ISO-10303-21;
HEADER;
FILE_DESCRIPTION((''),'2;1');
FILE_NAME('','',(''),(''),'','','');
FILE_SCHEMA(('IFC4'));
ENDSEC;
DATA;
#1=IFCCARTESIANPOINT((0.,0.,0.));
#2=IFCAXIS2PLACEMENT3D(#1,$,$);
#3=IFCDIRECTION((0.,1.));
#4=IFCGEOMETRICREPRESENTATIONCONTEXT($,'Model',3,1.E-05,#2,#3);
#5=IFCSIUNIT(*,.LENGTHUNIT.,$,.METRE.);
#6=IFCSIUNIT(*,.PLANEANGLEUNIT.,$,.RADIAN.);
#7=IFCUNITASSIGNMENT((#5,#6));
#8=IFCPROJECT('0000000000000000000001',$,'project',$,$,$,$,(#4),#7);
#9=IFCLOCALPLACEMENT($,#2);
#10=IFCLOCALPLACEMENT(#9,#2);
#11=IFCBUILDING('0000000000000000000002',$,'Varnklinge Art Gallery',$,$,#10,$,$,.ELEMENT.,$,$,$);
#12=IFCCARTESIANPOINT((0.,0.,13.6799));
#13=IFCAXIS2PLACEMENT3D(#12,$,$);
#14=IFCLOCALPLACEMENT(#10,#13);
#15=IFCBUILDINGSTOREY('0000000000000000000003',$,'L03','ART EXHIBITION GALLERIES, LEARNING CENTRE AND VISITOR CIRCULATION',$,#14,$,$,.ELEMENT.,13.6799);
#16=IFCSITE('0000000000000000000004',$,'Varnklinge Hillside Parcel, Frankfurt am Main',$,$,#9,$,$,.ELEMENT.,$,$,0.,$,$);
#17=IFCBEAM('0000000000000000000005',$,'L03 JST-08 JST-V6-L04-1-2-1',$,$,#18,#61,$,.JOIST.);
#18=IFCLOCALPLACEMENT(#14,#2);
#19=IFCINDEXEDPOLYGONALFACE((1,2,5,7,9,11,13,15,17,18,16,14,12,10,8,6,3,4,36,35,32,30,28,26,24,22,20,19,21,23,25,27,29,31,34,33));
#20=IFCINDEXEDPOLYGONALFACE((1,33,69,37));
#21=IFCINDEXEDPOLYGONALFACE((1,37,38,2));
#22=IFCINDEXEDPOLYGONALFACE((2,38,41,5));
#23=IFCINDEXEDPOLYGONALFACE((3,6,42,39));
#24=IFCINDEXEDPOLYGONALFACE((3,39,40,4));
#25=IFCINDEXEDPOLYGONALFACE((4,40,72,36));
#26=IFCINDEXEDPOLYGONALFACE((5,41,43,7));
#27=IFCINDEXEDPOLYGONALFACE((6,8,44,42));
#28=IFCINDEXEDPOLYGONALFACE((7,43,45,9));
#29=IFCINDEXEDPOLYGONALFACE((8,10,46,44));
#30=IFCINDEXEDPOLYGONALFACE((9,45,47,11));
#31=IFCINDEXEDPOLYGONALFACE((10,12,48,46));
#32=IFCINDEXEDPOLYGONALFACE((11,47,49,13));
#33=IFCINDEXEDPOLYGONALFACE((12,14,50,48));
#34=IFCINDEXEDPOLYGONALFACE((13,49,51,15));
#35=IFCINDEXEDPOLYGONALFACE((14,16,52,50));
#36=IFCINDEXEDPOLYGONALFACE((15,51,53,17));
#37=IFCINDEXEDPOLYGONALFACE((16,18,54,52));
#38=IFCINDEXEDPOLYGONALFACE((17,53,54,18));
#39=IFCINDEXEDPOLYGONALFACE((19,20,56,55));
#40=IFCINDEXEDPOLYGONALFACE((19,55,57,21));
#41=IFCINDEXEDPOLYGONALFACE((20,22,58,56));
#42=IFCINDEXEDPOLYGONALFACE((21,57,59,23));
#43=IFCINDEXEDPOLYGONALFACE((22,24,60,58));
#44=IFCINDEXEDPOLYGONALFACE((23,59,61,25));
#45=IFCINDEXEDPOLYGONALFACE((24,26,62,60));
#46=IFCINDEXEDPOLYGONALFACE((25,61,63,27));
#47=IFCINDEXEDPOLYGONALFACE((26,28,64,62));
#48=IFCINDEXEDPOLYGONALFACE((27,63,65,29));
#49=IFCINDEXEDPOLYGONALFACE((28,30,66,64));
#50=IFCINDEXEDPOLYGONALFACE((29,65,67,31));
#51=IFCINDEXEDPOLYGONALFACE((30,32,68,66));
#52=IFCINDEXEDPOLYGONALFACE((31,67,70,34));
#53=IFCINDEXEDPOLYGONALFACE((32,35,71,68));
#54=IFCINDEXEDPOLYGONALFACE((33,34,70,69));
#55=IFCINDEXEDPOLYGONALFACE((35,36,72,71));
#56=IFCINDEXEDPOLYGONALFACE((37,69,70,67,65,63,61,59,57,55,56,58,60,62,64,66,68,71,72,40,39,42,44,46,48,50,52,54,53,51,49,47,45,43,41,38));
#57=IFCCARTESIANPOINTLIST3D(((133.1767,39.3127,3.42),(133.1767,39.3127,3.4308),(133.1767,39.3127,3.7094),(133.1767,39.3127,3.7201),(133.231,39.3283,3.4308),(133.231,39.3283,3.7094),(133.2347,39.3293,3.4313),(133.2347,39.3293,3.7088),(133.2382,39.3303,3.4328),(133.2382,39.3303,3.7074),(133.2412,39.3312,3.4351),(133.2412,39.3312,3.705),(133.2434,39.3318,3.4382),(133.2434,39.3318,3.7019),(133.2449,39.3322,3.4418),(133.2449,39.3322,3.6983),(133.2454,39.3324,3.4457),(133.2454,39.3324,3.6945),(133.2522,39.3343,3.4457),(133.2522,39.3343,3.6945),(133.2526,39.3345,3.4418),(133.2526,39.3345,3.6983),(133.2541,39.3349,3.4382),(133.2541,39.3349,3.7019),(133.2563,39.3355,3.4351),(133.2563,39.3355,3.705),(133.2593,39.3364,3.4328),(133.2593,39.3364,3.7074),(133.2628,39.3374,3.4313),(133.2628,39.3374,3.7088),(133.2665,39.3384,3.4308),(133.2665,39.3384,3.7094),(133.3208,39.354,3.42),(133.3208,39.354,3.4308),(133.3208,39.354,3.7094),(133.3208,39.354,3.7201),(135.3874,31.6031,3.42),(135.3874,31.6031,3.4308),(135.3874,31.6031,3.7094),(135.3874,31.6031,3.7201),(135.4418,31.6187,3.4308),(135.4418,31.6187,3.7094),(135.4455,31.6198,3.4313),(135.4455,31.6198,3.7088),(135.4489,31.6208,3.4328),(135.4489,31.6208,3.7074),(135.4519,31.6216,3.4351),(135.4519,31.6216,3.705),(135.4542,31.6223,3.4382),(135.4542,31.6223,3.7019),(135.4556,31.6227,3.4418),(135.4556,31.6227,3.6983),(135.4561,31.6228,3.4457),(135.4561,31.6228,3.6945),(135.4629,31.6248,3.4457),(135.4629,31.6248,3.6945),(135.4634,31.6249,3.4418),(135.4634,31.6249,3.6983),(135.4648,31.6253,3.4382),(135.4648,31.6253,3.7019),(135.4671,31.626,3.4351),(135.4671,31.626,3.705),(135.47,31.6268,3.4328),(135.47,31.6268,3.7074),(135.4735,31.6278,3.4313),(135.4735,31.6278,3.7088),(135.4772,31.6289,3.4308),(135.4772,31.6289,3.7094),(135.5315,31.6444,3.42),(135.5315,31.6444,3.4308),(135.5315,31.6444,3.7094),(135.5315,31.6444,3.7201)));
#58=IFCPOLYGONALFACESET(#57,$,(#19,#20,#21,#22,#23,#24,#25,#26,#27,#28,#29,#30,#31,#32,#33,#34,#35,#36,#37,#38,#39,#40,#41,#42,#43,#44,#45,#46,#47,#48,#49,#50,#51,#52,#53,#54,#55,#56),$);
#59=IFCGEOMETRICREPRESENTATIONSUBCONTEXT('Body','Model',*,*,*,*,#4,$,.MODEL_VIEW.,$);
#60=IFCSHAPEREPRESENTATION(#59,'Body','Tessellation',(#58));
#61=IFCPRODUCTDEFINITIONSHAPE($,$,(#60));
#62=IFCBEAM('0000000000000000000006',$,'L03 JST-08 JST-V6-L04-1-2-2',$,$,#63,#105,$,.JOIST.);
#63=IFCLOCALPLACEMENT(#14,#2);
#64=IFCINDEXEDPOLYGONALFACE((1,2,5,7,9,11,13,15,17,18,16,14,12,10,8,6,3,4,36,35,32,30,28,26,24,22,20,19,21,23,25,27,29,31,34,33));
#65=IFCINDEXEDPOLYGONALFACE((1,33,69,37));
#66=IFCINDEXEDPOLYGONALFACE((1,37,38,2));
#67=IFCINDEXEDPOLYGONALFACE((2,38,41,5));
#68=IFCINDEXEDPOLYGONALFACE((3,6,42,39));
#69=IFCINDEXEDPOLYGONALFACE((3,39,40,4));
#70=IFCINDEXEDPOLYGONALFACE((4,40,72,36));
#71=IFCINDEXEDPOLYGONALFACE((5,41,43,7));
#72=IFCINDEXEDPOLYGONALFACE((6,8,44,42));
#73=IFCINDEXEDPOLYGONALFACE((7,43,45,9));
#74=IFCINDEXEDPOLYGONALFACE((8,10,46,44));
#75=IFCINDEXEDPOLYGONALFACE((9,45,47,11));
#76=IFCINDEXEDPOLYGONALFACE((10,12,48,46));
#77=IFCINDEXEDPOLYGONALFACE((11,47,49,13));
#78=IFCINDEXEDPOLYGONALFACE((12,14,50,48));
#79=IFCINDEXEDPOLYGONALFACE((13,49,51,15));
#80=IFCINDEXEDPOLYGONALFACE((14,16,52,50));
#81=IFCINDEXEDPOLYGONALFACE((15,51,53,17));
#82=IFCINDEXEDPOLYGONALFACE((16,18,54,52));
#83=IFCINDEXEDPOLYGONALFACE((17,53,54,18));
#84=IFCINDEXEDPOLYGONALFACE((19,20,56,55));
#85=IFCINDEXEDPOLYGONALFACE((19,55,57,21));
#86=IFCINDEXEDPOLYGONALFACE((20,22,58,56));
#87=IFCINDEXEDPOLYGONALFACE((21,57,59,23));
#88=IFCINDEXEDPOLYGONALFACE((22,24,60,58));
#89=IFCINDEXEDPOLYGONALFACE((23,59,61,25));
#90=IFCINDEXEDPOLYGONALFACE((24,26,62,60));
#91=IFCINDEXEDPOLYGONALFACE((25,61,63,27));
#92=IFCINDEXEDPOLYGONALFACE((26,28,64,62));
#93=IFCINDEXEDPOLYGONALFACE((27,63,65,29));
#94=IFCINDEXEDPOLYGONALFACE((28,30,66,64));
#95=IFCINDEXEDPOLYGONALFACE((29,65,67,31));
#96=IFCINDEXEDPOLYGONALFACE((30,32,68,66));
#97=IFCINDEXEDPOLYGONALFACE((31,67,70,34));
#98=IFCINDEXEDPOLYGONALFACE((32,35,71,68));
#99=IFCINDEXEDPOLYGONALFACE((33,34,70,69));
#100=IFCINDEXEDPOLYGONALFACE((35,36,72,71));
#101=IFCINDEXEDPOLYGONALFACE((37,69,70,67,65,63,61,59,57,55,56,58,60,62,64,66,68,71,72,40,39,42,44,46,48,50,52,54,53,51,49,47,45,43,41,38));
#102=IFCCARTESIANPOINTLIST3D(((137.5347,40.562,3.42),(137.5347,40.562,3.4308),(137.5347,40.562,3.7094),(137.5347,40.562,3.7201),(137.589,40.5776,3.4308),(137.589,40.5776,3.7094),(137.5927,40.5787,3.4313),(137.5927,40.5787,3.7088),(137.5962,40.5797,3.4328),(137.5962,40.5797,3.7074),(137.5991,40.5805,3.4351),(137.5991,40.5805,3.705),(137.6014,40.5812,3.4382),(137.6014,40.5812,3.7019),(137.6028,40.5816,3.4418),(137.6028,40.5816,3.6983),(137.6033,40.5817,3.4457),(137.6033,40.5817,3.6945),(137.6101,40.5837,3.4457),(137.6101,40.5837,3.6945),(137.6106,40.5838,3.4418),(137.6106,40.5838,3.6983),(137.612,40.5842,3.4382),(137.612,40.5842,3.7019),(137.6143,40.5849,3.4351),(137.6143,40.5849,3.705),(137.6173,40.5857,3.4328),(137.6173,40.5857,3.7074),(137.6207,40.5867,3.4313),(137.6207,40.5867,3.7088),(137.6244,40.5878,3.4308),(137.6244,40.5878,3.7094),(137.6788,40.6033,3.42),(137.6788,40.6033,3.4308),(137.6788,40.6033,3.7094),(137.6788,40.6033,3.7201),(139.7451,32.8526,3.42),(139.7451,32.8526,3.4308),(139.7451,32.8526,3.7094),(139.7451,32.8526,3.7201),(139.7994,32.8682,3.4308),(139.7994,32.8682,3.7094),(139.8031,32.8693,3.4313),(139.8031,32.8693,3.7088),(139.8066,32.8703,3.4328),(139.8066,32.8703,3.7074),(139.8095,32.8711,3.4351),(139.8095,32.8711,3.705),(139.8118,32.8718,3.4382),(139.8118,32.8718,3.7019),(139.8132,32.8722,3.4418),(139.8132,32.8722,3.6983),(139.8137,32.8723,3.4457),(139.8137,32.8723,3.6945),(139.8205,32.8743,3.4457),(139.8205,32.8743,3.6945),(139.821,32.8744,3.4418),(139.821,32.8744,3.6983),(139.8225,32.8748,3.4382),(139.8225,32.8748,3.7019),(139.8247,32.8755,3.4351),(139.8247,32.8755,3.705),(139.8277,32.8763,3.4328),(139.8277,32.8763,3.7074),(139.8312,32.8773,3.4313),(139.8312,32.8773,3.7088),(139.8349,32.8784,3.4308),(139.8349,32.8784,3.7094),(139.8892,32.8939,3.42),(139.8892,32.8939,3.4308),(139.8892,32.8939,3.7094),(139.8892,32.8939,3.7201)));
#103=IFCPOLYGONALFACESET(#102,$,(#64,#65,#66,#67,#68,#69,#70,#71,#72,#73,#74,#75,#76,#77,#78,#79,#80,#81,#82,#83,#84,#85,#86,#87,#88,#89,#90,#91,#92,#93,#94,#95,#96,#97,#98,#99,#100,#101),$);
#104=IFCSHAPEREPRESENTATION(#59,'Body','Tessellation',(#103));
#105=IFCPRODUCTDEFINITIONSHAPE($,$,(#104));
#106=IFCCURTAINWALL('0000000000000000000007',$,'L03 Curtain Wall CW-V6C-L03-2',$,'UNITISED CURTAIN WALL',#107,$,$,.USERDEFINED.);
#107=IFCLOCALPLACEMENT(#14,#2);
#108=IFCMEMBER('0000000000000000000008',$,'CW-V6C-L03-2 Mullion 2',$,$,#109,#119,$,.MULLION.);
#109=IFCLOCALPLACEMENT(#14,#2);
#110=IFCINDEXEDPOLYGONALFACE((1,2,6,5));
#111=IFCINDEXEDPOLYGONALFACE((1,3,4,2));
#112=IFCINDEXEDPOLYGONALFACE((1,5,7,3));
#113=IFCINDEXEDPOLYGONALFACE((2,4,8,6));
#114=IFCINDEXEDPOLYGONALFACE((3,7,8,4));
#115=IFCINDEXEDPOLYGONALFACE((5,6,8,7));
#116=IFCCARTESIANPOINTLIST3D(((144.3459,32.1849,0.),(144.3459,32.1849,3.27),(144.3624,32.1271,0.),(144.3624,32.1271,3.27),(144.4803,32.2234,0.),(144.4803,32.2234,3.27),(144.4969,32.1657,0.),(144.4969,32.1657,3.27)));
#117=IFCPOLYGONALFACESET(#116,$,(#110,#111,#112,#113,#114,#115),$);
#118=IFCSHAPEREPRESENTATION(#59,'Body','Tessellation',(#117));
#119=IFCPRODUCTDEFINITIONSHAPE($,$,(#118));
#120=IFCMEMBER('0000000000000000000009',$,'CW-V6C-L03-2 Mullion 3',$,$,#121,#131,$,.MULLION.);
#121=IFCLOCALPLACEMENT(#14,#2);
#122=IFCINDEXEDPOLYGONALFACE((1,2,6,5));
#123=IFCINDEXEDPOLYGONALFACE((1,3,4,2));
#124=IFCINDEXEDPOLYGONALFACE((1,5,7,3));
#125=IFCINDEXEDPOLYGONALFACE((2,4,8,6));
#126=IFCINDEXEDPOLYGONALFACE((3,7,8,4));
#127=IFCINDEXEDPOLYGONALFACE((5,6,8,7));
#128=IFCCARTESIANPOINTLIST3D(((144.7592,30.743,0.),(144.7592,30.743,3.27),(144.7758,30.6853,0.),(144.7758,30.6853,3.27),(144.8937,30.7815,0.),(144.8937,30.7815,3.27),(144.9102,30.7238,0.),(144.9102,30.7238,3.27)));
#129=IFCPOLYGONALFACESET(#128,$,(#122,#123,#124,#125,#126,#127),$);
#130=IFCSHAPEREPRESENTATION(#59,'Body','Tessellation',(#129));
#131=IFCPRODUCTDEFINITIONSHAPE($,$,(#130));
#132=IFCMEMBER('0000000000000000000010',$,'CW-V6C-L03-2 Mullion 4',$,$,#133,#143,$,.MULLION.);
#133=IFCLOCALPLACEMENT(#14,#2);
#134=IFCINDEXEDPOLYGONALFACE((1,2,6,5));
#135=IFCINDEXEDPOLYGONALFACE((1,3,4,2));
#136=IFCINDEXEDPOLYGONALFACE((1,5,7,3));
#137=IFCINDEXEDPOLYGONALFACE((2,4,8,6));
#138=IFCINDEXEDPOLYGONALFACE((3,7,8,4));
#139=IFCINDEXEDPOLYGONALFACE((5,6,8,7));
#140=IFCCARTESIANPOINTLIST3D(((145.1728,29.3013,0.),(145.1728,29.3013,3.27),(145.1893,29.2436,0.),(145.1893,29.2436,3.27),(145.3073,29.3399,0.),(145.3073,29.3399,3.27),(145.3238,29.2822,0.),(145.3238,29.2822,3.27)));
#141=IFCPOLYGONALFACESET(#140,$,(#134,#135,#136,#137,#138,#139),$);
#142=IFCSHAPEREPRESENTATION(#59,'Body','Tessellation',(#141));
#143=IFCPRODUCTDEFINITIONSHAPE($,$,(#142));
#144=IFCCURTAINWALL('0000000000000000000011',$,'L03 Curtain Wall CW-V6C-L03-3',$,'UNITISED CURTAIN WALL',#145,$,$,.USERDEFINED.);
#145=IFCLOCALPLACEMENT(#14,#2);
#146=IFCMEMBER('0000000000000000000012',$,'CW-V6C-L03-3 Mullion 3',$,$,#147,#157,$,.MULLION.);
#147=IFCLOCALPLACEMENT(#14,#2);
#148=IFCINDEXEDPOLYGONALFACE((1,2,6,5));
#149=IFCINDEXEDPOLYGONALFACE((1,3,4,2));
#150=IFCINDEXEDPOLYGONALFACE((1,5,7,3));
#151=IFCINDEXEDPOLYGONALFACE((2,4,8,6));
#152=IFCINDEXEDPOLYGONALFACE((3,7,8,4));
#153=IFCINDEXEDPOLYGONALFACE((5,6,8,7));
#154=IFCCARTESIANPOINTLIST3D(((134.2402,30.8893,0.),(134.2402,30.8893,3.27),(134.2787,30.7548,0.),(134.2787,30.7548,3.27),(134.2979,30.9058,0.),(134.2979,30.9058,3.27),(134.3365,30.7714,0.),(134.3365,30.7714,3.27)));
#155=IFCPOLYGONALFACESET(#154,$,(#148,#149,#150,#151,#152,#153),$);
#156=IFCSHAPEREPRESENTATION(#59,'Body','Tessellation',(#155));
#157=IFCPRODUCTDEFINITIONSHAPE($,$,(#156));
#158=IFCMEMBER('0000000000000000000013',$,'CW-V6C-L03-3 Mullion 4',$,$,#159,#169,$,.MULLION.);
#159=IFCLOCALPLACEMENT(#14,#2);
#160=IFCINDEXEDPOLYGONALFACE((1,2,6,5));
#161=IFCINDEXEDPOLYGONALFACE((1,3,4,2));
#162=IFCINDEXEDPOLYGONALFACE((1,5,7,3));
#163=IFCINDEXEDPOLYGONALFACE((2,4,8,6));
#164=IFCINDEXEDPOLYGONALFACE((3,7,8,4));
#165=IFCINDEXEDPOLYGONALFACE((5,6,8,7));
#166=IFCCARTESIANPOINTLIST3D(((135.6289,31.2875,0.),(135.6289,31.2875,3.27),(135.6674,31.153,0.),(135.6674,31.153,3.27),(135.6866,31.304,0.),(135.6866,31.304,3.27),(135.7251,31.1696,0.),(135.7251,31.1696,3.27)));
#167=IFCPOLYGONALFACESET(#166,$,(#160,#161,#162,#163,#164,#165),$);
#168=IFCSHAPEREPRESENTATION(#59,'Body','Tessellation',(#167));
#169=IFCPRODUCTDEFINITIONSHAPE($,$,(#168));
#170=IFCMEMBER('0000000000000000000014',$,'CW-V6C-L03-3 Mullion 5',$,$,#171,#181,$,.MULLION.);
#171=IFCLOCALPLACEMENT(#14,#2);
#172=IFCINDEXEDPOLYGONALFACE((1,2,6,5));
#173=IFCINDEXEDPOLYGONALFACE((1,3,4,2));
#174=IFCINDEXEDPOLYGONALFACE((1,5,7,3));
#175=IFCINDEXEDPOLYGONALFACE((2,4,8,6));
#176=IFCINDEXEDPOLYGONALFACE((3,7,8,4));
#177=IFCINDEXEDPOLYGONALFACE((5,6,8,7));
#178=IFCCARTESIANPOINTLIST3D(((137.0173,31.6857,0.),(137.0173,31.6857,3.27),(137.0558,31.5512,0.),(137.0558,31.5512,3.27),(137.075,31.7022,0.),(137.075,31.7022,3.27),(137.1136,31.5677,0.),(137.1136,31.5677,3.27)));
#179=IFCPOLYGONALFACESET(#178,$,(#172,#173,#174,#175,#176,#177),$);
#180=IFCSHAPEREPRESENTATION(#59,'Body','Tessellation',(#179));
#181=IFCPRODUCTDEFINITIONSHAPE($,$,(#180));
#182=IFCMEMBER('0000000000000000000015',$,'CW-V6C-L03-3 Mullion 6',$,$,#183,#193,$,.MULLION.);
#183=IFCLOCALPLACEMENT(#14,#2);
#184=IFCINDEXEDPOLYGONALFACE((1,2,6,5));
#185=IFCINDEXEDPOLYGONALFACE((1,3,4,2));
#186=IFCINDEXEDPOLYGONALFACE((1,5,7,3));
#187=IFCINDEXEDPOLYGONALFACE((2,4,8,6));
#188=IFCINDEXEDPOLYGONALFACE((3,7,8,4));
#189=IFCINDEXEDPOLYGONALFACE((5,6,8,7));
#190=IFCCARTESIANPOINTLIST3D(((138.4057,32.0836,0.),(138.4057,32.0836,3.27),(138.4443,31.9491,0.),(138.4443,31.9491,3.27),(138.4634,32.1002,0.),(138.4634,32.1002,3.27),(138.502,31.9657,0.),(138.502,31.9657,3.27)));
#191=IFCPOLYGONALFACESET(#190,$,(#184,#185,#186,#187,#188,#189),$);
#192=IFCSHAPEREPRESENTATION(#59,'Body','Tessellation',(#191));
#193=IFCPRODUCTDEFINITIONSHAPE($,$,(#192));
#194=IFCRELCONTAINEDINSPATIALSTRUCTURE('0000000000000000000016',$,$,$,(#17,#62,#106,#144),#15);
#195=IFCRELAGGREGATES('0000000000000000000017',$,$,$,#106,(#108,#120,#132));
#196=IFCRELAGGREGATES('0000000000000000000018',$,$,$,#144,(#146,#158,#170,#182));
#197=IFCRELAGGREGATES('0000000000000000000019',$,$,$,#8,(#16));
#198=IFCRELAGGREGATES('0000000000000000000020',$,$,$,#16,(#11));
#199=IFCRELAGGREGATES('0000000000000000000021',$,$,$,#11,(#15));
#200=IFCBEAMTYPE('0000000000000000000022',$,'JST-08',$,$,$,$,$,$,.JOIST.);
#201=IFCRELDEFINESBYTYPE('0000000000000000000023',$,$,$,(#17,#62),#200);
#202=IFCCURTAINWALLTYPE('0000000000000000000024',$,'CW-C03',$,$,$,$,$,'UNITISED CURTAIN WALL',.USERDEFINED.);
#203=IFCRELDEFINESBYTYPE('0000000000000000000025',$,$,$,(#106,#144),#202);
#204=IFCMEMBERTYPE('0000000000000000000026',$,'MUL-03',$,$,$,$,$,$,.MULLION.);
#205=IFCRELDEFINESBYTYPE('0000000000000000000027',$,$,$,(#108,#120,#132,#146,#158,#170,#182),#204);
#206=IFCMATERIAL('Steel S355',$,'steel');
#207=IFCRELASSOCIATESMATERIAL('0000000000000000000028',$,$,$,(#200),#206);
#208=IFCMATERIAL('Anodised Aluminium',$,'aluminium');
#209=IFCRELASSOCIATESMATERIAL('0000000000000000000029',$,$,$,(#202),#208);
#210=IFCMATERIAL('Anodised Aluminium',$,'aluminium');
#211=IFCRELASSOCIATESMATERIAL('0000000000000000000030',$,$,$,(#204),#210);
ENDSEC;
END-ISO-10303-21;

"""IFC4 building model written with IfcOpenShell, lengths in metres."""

from ifc_helpers import new_model, si_unit, direction, frame, origin, origin_2d, place, context, subcontext, project, spatial, rectangle, i_section, extrude, material, material_profile, profile_set, type_object, element, aggregate, save


model = new_model("IFC4")

# Units and contexts
model_context = context("Model", 3, precision=1e-05, world=origin(), true_north=direction((0.0, 1.0)))
body_context = subcontext(model_context, "Body", "Model", "MODEL_VIEW")
ifc_project = project(units=[si_unit("LENGTHUNIT", "METRE"), si_unit("PLANEANGLEUNIT", "RADIAN")], contexts=[model_context])

# Site, building, storey
site_placement = place(None, origin())
site = spatial("IfcSite", under=ifc_project, at=site_placement, Name="Varnklinge Hillside Parcel, Frankfurt am Main", CompositionType="ELEMENT", RefElevation=0.0)
building_placement = place(site_placement, origin())
building = spatial("IfcBuilding", under=site, at=building_placement, Name="Varnklinge Art Gallery", CompositionType="ELEMENT")
storey_placement = place(building_placement, frame((0.0, 0.0, 13.6799)))
storey = spatial("IfcBuildingStorey", under=building, at=storey_placement, Name="L03", Description="ART EXHIBITION GALLERIES, LEARNING CENTRE AND VISITOR CIRCULATION", CompositionType="ELEMENT", Elevation=13.6799)

# Beams
ifc_material_1 = material(Name="Steel S355", Category="steel")
ifc_material_profile_1 = material_profile(ifc_material_1, i_section(OverallWidth=0.1499, OverallDepth=0.3, WebThickness=0.0071, FlangeThickness=0.0107, FilletRadius=0.0149, at=origin_2d()), Name="IPE 300")
ifc_profile_set_1 = profile_set([ifc_material_profile_1], Name="Steel S355")
beam_type = type_object("IfcBeamType", Name="JST-08", PredefinedType="JOIST", material=ifc_profile_set_1)
beam_1_placement = place(storey_placement, frame((135.4595, 31.6238, 3.5701), z_axis=(-0.275642, 0.96126, 0.0), x_axis=(-0.96126, -0.275642, 0.0)))
element("IfcBeam", 1, at=beam_1_placement, inside=storey, type_object=beam_type, Name="L03 JST-08 JST-V6-L04-1-2-1", PredefinedType="JOIST", context=body_context, shape_type="SweptSolid", body=[
    extrude(i_section(OverallWidth=0.1499, OverallDepth=0.3, WebThickness=0.0071, FlangeThickness=0.0107, FilletRadius=0.0149, at=origin_2d()), origin(), (0.0, 0.0, 1.0), 8.0203),
])
beam_2_placement = place(storey_placement, frame((139.8171, 32.8733, 3.5701), z_axis=(-0.275614, 0.961269, 0.0), x_axis=(-0.961269, -0.275614, 0.0)))
element("IfcBeam", 2, at=beam_2_placement, inside=storey, type_object=beam_type, Name="L03 JST-08 JST-V6-L04-1-2-2", PredefinedType="JOIST", context=body_context, shape_type="SweptSolid", body=[
    extrude(i_section(OverallWidth=0.1499, OverallDepth=0.3, WebThickness=0.0071, FlangeThickness=0.0107, FilletRadius=0.0149, at=origin_2d()), origin(), (0.0, 0.0, 1.0), 8.02),
])

# Curtain walls, members
ifc_material_2 = material(Name="Anodised Aluminium", Category="aluminium")
curtain_wall_type = type_object("IfcCurtainWallType", Name="CW-C03", ElementType="UNITISED CURTAIN WALL", PredefinedType="USERDEFINED", material=ifc_material_2)
curtain_wall_1_placement = place(storey_placement, origin())
curtain_wall_1 = element("IfcCurtainWall", 3, at=curtain_wall_1_placement, inside=storey, type_object=curtain_wall_type, Name="L03 Curtain Wall CW-V6C-L03-2", ObjectType="UNITISED CURTAIN WALL", PredefinedType="USERDEFINED")
ifc_material_3 = material(Name="Anodised Aluminium", Category="aluminium")
ifc_material_profile_2 = material_profile(ifc_material_3, rectangle(XDim=0.0601, YDim=0.1399, at=origin_2d()), Name="ALU 60x140")
ifc_profile_set_2 = profile_set([ifc_material_profile_2], Name="Anodised Aluminium")
member_type = type_object("IfcMemberType", Name="MUL-03", PredefinedType="MULLION", material=ifc_profile_set_2)
member_1_placement = place(storey_placement, frame((144.4214, 32.1753, 0.0), z_axis=(0.0, 0.0, 1.0), x_axis=(0.275637, -0.961262, 0.0)))
member_1 = element("IfcMember", 4, at=member_1_placement, type_object=member_type, Name="CW-V6C-L03-2 Mullion 2", PredefinedType="MULLION", context=body_context, shape_type="SweptSolid", body=[
    extrude(rectangle(XDim=0.0601, YDim=0.1399, at=origin_2d()), origin(), (0.0, 0.0, 1.0), 3.27),
])
member_2_placement = place(storey_placement, frame((144.8347, 30.7334, 0.0), z_axis=(0.0, 0.0, 1.0), x_axis=(0.275637, -0.961262, 0.0)))
member_2 = element("IfcMember", 5, at=member_2_placement, type_object=member_type, Name="CW-V6C-L03-2 Mullion 3", PredefinedType="MULLION", context=body_context, shape_type="SweptSolid", body=[
    extrude(rectangle(XDim=0.0601, YDim=0.1399, at=origin_2d()), origin(), (0.0, 0.0, 1.0), 3.27),
])
member_3_placement = place(storey_placement, frame((145.2483, 29.2917, 0.0), z_axis=(0.0, 0.0, 1.0), x_axis=(0.275637, -0.961262, 0.0)))
member_3 = element("IfcMember", 6, at=member_3_placement, type_object=member_type, Name="CW-V6C-L03-2 Mullion 4", PredefinedType="MULLION", context=body_context, shape_type="SweptSolid", body=[
    extrude(rectangle(XDim=0.0601, YDim=0.1399, at=origin_2d()), origin(), (0.0, 0.0, 1.0), 3.27),
])
curtain_wall_2_placement = place(storey_placement, origin())
curtain_wall_2 = element("IfcCurtainWall", 7, at=curtain_wall_2_placement, inside=storey, type_object=curtain_wall_type, Name="L03 Curtain Wall CW-V6C-L03-3", ObjectType="UNITISED CURTAIN WALL", PredefinedType="USERDEFINED")
member_4_placement = place(storey_placement, frame((134.2883, 30.8303, 0.0), z_axis=(0.0, 0.0, 1.0), x_axis=(0.961262, 0.275637, 0.0)))
member_4 = element("IfcMember", 8, at=member_4_placement, type_object=member_type, Name="CW-V6C-L03-3 Mullion 3", PredefinedType="MULLION", context=body_context, shape_type="SweptSolid", body=[
    extrude(rectangle(XDim=0.0601, YDim=0.1399, at=origin_2d()), origin(), (0.0, 0.0, 1.0), 3.27),
])
member_5_placement = place(storey_placement, frame((135.677, 31.2285, 0.0), z_axis=(0.0, 0.0, 1.0), x_axis=(0.961262, 0.275637, 0.0)))
member_5 = element("IfcMember", 9, at=member_5_placement, type_object=member_type, Name="CW-V6C-L03-3 Mullion 4", PredefinedType="MULLION", context=body_context, shape_type="SweptSolid", body=[
    extrude(rectangle(XDim=0.0601, YDim=0.1399, at=origin_2d()), origin(), (0.0, 0.0, 1.0), 3.27),
])
member_6_placement = place(storey_placement, frame((137.0654, 31.6267, 0.0), z_axis=(0.0, 0.0, 1.0), x_axis=(0.961262, 0.275637, 0.0)))
member_6 = element("IfcMember", 10, at=member_6_placement, type_object=member_type, Name="CW-V6C-L03-3 Mullion 5", PredefinedType="MULLION", context=body_context, shape_type="SweptSolid", body=[
    extrude(rectangle(XDim=0.0601, YDim=0.1399, at=origin_2d()), origin(), (0.0, 0.0, 1.0), 3.27),
])
member_7_placement = place(storey_placement, frame((138.4539, 32.0247, 0.0), z_axis=(0.0, 0.0, 1.0), x_axis=(0.961262, 0.275637, 0.0)))
member_7 = element("IfcMember", 11, at=member_7_placement, type_object=member_type, Name="CW-V6C-L03-3 Mullion 6", PredefinedType="MULLION", context=body_context, shape_type="SweptSolid", body=[
    extrude(rectangle(XDim=0.0601, YDim=0.1399, at=origin_2d()), origin(), (0.0, 0.0, 1.0), 3.27),
])

aggregate(curtain_wall_1, [member_1, member_2, member_3])
aggregate(curtain_wall_2, [member_4, member_5, member_6, member_7])

save(model, "model.ifc")
